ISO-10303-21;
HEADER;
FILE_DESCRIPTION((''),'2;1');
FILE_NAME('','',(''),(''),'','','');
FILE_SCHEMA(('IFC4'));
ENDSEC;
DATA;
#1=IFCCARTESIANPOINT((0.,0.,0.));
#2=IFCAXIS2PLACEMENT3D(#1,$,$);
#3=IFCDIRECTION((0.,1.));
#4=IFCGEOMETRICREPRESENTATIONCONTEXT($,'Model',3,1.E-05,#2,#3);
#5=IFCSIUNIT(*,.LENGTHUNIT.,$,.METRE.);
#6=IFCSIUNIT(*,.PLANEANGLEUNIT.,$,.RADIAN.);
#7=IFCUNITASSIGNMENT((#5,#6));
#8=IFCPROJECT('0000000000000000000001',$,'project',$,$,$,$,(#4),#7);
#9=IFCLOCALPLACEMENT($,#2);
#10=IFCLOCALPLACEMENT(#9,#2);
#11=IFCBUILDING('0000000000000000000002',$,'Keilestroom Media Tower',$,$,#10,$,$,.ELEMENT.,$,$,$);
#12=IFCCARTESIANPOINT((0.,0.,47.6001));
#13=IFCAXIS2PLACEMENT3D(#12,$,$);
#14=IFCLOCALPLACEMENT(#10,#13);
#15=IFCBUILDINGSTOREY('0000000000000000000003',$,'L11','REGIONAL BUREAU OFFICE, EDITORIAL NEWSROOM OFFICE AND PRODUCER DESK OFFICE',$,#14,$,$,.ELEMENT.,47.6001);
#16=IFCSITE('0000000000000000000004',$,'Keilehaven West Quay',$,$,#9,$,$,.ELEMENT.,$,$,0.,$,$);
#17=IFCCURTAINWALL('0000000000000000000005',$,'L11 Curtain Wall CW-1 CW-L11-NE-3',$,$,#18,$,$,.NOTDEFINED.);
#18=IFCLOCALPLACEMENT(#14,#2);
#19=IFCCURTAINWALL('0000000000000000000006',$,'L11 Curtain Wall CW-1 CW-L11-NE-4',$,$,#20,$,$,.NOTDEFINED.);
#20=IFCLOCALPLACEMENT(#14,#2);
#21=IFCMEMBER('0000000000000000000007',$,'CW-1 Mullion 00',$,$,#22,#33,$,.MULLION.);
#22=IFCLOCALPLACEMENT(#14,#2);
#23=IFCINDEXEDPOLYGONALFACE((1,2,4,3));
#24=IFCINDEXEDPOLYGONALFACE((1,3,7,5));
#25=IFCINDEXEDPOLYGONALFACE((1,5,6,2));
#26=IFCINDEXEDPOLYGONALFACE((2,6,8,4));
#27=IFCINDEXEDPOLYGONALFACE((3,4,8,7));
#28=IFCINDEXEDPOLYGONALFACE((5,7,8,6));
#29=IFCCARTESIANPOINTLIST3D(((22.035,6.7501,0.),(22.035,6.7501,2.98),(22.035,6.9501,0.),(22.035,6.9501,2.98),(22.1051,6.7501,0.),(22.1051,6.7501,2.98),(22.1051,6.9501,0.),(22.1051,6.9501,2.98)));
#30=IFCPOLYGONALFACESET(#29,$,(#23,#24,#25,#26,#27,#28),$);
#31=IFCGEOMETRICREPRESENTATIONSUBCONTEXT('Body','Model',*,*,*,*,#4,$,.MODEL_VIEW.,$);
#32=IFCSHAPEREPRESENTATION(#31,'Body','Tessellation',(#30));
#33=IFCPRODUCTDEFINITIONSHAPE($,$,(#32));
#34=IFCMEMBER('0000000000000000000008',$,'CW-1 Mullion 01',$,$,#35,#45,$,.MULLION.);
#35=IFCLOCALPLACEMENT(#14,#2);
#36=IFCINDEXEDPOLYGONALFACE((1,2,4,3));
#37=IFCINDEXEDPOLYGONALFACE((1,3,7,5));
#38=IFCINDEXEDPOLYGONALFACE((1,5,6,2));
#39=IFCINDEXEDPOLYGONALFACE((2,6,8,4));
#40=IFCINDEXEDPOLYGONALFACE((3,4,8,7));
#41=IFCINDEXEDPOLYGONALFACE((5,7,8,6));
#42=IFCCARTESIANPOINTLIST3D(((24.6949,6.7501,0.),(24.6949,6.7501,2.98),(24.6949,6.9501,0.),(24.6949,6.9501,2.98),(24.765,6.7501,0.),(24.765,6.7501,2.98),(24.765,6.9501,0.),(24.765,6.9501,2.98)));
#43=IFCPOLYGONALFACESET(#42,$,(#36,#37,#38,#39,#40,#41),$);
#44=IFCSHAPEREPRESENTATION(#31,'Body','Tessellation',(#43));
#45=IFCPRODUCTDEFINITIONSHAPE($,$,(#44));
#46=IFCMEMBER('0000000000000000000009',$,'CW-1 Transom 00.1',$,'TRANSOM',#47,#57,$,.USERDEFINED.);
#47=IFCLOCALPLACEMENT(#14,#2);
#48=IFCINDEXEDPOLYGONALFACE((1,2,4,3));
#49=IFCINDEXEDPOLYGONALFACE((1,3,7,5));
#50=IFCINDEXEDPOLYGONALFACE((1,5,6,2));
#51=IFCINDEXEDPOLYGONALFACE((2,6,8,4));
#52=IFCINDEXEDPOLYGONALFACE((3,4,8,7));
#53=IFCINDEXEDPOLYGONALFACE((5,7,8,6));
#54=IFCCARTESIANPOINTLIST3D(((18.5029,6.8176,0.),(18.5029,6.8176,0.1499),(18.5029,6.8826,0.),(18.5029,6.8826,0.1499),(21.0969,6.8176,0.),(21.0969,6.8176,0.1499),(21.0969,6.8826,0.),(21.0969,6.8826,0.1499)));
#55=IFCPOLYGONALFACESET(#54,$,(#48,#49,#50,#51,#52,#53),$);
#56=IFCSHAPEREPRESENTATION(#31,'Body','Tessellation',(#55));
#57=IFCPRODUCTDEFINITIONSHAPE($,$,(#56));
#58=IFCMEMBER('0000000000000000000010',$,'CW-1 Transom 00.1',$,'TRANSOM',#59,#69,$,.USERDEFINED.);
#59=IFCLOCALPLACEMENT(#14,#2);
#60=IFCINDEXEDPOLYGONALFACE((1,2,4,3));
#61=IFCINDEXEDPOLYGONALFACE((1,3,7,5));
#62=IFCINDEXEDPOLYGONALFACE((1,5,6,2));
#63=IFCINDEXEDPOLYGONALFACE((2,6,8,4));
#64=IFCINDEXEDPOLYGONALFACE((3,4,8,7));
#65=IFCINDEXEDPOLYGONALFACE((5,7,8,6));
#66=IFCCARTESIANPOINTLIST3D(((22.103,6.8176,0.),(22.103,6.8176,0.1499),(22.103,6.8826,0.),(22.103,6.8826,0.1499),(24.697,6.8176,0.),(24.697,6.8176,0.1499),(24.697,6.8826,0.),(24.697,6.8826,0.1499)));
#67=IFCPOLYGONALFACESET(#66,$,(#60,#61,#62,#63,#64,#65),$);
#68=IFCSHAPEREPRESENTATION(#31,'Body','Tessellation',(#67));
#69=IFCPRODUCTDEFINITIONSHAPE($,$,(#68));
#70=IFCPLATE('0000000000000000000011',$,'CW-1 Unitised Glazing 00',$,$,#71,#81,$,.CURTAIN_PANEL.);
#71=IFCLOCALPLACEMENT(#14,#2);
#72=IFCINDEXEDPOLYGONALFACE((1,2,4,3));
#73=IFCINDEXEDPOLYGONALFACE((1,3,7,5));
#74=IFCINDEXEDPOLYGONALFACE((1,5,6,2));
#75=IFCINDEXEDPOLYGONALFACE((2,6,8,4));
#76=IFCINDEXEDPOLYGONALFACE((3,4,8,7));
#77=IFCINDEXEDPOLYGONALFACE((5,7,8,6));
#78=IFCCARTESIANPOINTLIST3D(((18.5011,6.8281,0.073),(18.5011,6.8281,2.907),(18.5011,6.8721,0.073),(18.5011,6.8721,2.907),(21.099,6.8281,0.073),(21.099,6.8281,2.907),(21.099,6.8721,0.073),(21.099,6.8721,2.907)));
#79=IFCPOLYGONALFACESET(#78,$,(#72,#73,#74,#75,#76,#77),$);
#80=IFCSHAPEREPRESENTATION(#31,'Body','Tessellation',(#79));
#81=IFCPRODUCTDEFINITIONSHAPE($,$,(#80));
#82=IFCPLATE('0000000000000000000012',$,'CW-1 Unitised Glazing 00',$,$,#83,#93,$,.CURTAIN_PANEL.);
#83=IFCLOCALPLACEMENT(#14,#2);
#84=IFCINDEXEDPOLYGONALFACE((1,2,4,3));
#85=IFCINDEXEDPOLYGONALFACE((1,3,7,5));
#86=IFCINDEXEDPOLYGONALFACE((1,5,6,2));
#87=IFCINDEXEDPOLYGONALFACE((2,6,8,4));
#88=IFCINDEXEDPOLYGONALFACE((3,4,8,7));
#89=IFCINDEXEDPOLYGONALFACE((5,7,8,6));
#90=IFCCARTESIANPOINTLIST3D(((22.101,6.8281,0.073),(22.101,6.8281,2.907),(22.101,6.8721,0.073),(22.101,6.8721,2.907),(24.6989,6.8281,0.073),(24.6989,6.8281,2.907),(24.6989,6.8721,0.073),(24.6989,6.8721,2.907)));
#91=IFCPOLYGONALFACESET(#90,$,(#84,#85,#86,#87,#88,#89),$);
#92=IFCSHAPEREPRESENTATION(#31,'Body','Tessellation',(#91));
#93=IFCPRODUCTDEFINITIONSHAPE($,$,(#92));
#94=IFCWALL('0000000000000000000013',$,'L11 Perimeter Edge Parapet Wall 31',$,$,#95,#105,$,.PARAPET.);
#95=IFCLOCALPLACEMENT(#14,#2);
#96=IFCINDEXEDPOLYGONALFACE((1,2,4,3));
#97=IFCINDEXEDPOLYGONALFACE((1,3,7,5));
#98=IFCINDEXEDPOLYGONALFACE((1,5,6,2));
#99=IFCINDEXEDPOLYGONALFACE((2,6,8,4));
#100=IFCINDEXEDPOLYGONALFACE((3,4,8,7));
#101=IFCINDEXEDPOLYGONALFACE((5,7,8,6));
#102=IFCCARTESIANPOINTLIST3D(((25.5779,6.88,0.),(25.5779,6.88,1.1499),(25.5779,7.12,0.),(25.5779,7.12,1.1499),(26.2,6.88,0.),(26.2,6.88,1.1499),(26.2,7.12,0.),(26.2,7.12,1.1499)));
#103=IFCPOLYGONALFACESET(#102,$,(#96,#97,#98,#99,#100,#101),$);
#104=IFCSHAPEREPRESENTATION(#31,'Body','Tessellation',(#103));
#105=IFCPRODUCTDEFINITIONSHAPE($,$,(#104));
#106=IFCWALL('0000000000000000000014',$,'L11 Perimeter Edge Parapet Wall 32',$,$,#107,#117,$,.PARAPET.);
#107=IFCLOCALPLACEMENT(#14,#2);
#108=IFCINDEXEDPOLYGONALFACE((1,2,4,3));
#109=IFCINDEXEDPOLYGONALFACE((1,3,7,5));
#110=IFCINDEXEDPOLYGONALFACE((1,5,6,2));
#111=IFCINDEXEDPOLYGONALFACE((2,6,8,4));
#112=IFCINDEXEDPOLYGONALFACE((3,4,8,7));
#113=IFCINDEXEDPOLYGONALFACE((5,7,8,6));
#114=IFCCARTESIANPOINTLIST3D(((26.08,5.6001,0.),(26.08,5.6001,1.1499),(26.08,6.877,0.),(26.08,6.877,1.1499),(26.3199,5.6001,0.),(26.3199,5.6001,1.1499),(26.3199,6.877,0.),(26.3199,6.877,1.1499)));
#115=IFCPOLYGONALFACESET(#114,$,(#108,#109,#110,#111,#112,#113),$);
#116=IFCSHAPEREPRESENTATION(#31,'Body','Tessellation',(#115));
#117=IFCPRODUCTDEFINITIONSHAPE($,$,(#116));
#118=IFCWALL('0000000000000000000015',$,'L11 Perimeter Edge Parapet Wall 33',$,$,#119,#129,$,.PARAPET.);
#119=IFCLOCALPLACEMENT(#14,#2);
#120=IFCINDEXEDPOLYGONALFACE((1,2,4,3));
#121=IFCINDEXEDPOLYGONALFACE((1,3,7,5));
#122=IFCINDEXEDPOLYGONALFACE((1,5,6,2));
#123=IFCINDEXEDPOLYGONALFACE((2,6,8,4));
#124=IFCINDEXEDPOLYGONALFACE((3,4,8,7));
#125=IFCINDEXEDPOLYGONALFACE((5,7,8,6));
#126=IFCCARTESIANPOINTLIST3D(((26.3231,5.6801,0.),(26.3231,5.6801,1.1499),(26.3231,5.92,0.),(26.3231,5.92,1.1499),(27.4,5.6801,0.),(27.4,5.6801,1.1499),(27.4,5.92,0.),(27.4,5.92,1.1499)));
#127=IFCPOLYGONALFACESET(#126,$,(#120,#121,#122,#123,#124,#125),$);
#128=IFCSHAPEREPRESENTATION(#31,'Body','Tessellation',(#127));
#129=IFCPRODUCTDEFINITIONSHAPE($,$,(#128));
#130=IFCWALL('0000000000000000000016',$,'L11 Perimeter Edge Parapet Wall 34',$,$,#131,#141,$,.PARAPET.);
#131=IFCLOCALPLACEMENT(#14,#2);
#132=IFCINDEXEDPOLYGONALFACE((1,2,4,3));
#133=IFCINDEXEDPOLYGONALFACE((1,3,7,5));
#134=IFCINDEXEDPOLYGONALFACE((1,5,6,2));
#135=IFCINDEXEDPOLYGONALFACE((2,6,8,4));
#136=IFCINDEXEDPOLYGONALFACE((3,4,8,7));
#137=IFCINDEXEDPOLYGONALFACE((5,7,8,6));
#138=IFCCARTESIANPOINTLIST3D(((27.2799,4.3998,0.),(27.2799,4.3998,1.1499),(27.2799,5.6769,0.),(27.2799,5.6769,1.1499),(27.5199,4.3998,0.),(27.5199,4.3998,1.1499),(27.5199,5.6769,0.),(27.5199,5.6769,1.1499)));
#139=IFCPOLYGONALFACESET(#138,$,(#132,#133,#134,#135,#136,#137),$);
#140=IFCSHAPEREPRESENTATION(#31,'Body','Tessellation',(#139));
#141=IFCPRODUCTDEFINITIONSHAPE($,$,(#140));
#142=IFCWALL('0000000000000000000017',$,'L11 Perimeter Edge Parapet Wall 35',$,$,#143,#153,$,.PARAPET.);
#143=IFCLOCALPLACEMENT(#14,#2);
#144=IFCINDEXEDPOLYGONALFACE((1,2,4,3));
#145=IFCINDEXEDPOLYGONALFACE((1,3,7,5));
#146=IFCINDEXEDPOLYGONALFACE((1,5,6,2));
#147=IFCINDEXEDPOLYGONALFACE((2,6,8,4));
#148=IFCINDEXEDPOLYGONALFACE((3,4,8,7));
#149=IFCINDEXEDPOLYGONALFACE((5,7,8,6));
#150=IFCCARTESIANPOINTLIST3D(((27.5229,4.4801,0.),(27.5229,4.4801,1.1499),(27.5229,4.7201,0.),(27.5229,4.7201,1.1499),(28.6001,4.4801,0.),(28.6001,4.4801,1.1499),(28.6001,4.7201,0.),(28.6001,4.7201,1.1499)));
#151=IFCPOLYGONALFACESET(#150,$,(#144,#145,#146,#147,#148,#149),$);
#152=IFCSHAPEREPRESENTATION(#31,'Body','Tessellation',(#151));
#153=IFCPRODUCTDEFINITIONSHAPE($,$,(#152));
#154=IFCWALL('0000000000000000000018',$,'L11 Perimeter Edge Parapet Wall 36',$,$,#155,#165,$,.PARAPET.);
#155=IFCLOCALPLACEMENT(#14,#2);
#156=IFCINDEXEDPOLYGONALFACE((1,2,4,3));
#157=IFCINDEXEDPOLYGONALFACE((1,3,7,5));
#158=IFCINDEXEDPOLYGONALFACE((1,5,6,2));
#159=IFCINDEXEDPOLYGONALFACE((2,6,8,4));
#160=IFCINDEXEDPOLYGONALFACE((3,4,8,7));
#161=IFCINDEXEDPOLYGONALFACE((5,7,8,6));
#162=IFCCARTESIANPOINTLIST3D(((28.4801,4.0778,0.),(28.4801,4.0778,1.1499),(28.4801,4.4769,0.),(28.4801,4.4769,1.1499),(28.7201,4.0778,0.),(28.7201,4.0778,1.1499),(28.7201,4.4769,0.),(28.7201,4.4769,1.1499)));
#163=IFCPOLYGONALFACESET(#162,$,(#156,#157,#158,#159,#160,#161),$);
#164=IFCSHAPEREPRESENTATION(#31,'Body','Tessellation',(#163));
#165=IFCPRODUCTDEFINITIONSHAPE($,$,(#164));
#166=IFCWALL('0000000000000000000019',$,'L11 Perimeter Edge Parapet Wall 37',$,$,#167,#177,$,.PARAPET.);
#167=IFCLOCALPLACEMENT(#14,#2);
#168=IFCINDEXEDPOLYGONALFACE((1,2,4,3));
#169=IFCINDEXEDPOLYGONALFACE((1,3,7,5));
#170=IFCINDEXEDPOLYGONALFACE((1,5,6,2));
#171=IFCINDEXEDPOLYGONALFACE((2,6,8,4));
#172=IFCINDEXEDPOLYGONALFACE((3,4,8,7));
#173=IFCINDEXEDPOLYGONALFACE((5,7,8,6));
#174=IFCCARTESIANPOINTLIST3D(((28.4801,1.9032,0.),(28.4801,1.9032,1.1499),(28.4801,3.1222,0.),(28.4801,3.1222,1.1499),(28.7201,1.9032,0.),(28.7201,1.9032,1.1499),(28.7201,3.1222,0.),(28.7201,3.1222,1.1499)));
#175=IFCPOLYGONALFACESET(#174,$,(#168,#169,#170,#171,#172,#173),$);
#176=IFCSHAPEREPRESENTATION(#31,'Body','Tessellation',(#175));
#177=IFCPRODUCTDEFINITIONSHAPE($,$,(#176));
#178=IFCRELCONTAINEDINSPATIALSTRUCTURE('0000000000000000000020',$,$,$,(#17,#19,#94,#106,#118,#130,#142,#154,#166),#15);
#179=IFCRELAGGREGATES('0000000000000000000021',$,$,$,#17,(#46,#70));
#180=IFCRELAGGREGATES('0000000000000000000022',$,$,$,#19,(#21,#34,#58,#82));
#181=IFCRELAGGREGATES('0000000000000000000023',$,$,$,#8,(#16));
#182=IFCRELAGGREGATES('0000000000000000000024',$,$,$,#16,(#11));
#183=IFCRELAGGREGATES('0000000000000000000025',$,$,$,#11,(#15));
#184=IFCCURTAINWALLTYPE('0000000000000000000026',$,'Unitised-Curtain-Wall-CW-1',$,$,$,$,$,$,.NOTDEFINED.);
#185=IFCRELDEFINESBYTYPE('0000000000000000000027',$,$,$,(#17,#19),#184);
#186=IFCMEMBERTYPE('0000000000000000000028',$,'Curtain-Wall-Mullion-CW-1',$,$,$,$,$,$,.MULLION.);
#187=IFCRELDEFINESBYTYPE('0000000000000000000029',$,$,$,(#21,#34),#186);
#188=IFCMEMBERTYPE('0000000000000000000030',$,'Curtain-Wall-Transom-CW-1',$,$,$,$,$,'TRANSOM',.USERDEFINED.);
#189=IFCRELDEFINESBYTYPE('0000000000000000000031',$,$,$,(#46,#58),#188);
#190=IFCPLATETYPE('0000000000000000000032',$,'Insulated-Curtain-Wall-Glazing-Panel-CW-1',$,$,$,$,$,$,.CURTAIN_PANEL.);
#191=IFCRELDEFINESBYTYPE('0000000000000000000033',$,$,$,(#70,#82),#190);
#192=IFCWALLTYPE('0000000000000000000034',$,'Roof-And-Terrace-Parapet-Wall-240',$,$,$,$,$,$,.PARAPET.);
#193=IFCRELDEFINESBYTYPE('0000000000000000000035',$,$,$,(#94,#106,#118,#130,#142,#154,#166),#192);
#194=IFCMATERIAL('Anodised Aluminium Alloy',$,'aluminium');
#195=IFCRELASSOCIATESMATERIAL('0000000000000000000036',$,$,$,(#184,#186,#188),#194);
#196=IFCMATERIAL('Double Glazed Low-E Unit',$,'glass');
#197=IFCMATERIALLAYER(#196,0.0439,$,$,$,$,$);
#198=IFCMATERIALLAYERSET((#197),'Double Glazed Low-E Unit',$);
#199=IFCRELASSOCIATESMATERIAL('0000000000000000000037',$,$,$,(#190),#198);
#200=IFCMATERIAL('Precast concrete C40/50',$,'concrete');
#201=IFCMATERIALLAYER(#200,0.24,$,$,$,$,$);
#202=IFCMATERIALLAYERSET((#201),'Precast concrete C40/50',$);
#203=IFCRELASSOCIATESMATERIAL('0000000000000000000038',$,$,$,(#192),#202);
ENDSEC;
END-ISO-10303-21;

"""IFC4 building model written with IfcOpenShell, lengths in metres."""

from ifc_helpers import new_model, si_unit, direction, frame, frame_2d, origin, origin_2d, place, context, subcontext, project, spatial, rectangle, extrude, source, transform, mapped, material, layer, layer_set, material_profile, profile_set, type_object, element, aggregate, save


model = new_model("IFC4")

# Units and contexts
model_context = context("Model", 3, precision=1e-05, world=origin(), true_north=direction((0.0, 1.0)))
body_context = subcontext(model_context, "Body", "Model", "MODEL_VIEW")
ifc_project = project(units=[si_unit("LENGTHUNIT", "METRE"), si_unit("PLANEANGLEUNIT", "RADIAN")], contexts=[model_context])

# Site, building, storey
site_placement = place(None, origin())
site = spatial("IfcSite", under=ifc_project, at=site_placement, Name="Keilehaven West Quay", CompositionType="ELEMENT", RefElevation=0.0)
building_placement = place(site_placement, origin())
building = spatial("IfcBuilding", under=site, at=building_placement, Name="Keilestroom Media Tower", CompositionType="ELEMENT")
storey_placement = place(building_placement, frame((0.0, 0.0, 47.6001)))
storey = spatial("IfcBuildingStorey", under=building, at=storey_placement, Name="L11", Description="REGIONAL BUREAU OFFICE, EDITORIAL NEWSROOM OFFICE AND PRODUCER DESK OFFICE", CompositionType="ELEMENT", Elevation=47.6001)

# Shared definitions
ifc_material_1 = material(Name="Precast concrete C40/50", Category="concrete")

# Curtain wall
ifc_material_2 = material(Name="Anodised Aluminium Alloy", Category="aluminium")
curtain_wall_type = type_object("IfcCurtainWallType", Name="Unitised-Curtain-Wall-CW-1", PredefinedType="NOTDEFINED", material=ifc_material_2)
curtain_wall_1_placement = place(storey_placement, origin())
curtain_wall_1 = element("IfcCurtainWall", 1, at=curtain_wall_1_placement, inside=storey, type_object=curtain_wall_type, Name="L11 Curtain Wall CW-1 CW-L11-NE-3", PredefinedType="NOTDEFINED")
ifc_material_profile_1 = material_profile(ifc_material_2, rectangle(XDim=0.0701, YDim=0.2, at=origin_2d()), Name="ALU MULLION 70x200")
ifc_profile_set_1 = profile_set([ifc_material_profile_1], Name="Anodised Aluminium Alloy")
member_type_1 = type_object("IfcMemberType", Name="Curtain-Wall-Mullion-CW-1", PredefinedType="MULLION", material=ifc_profile_set_1)
shared_shape_1 = source(origin(), body_context, "Body", "SweptSolid", [
    extrude(rectangle(XDim=0.0701, YDim=0.2, at=origin_2d()), origin(), (0.0, 0.0, 1.0), 2.98),
])

# Curtain wall, members
curtain_wall_2_placement = place(storey_placement, origin())
curtain_wall_2 = element("IfcCurtainWall", 2, at=curtain_wall_2_placement, inside=storey, type_object=curtain_wall_type, Name="L11 Curtain Wall CW-1 CW-L11-NE-4", PredefinedType="NOTDEFINED")
member_1_placement = place(storey_placement, frame((22.0701, 6.8501, 0.0), z_axis=(0.0, 0.0, 1.0), x_axis=(1.0, 0.0, 0.0)))
member_1 = element("IfcMember", 3, at=member_1_placement, type_object=member_type_1, Name="CW-1 Mullion 00", PredefinedType="MULLION", context=body_context, shape_type="MappedRepresentation", body=[
    mapped(shared_shape_1, transform((0.0, 0.0, 0.0), x_axis=(1.0, 0.0, 0.0), y_axis=(0.0, 1.0, 0.0), z_axis=(0.0, 0.0, 1.0), scale=1.0)),
])
member_2_placement = place(storey_placement, frame((24.73, 6.8501, 0.0), z_axis=(0.0, 0.0, 1.0), x_axis=(1.0, 0.0, 0.0)))
member_2 = element("IfcMember", 4, at=member_2_placement, type_object=member_type_1, Name="CW-1 Mullion 01", PredefinedType="MULLION", context=body_context, shape_type="MappedRepresentation", body=[
    mapped(shared_shape_1, transform((0.0, 0.0, 0.0), x_axis=(1.0, 0.0, 0.0), y_axis=(0.0, 1.0, 0.0), z_axis=(0.0, 0.0, 1.0), scale=1.0)),
])

# Members
ifc_material_profile_2 = material_profile(ifc_material_2, rectangle(XDim=0.0649, YDim=0.1499, at=origin_2d()), Name="ALU TRANSOM 65x150")
ifc_profile_set_2 = profile_set([ifc_material_profile_2], Name="Anodised Aluminium Alloy")
member_type_2 = type_object("IfcMemberType", Name="Curtain-Wall-Transom-CW-1", ElementType="TRANSOM", PredefinedType="USERDEFINED", material=ifc_profile_set_2)
shared_shape_2 = source(origin(), body_context, "Body", "SweptSolid", [
    extrude(rectangle(XDim=0.0649, YDim=0.1499, at=origin_2d()), origin(), (0.0, 0.0, 1.0), 2.594),
])
member_3_placement = place(storey_placement, frame((18.5029, 6.8501, 0.075), z_axis=(1.0, 0.0, 0.0), x_axis=(0.0, 1.0, 0.0)))
member_3 = element("IfcMember", 5, at=member_3_placement, type_object=member_type_2, Name="CW-1 Transom 00.1", ObjectType="TRANSOM", PredefinedType="USERDEFINED", context=body_context, shape_type="MappedRepresentation", body=[
    mapped(shared_shape_2, transform((0.0, 0.0, 0.0), x_axis=(1.0, 0.0, 0.0), y_axis=(0.0, 1.0, 0.0), z_axis=(0.0, 0.0, 1.0), scale=1.0)),
])
member_4_placement = place(storey_placement, frame((22.103, 6.8501, 0.075), z_axis=(1.0, 0.0, 0.0), x_axis=(0.0, 1.0, 0.0)))
member_4 = element("IfcMember", 6, at=member_4_placement, type_object=member_type_2, Name="CW-1 Transom 00.1", ObjectType="TRANSOM", PredefinedType="USERDEFINED", context=body_context, shape_type="MappedRepresentation", body=[
    mapped(shared_shape_2, transform((0.0, 0.0, 0.0), x_axis=(1.0, 0.0, 0.0), y_axis=(0.0, 1.0, 0.0), z_axis=(0.0, 0.0, 1.0), scale=1.0)),
])

# Plates
ifc_material_3 = material(Name="Double Glazed Low-E Unit", Category="glass")
ifc_layer_1 = layer(ifc_material_3, 0.0439)
ifc_layer_set_1 = layer_set([ifc_layer_1], Name="Double Glazed Low-E Unit")
plate_type = type_object("IfcPlateType", Name="Insulated-Curtain-Wall-Glazing-Panel-CW-1", PredefinedType="CURTAIN_PANEL", material=ifc_layer_set_1)
shared_shape_3 = source(origin(), body_context, "Body", "SweptSolid", [
    extrude(rectangle(XDim=2.5979, YDim=0.0439, at=origin_2d()), origin(), (0.0, 0.0, 1.0), 2.834),
])
plate_1_placement = place(storey_placement, frame((19.8, 6.8501, 0.073), z_axis=(0.0, 0.0, 1.0), x_axis=(1.0, 0.0, 0.0)))
plate_1 = element("IfcPlate", 7, at=plate_1_placement, type_object=plate_type, Name="CW-1 Unitised Glazing 00", PredefinedType="CURTAIN_PANEL", context=body_context, shape_type="MappedRepresentation", body=[
    mapped(shared_shape_3, transform((0.0, 0.0, 0.0), x_axis=(1.0, 0.0, 0.0), y_axis=(0.0, 1.0, 0.0), z_axis=(0.0, 0.0, 1.0), scale=1.0)),
])
aggregate(curtain_wall_1, [member_3, plate_1])
plate_2_placement = place(storey_placement, frame((23.3999, 6.8501, 0.073), z_axis=(0.0, 0.0, 1.0), x_axis=(1.0, 0.0, 0.0)))
plate_2 = element("IfcPlate", 8, at=plate_2_placement, type_object=plate_type, Name="CW-1 Unitised Glazing 00", PredefinedType="CURTAIN_PANEL", context=body_context, shape_type="MappedRepresentation", body=[
    mapped(shared_shape_3, transform((0.0, 0.0, 0.0), x_axis=(1.0, 0.0, 0.0), y_axis=(0.0, 1.0, 0.0), z_axis=(0.0, 0.0, 1.0), scale=1.0)),
])
aggregate(curtain_wall_2, [member_1, member_2, member_4, plate_2])

# Walls
ifc_layer_2 = layer(ifc_material_1, 0.24)
ifc_layer_set_2 = layer_set([ifc_layer_2], Name="Precast concrete C40/50")
wall_type = type_object("IfcWallType", Name="Roof-And-Terrace-Parapet-Wall-240", PredefinedType="PARAPET", material=ifc_layer_set_2)
wall_1_placement = place(storey_placement, frame((25.5779, 7.0, 0.0), z_axis=(0.0, 0.0, 1.0), x_axis=(1.0, 0.0, 0.0)))
element("IfcWall", 9, at=wall_1_placement, inside=storey, type_object=wall_type, Name="L11 Perimeter Edge Parapet Wall 31", PredefinedType="PARAPET", context=body_context, shape_type="SweptSolid", body=[
    extrude(rectangle(XDim=0.6221, YDim=0.24, at=frame_2d((0.311, 0.0))), origin(), (0.0, 0.0, 1.0), 1.1499),
])
wall_2_placement = place(storey_placement, frame((26.2, 6.877, 0.0), z_axis=(0.0, 0.0, 1.0), x_axis=(0.0, -1.0, 0.0)))
element("IfcWall", 10, at=wall_2_placement, inside=storey, type_object=wall_type, Name="L11 Perimeter Edge Parapet Wall 32", PredefinedType="PARAPET", context=body_context, shape_type="SweptSolid", body=[
    extrude(rectangle(XDim=1.2769, YDim=0.24, at=frame_2d((0.6384, 0.0))), origin(), (0.0, 0.0, 1.0), 1.1499),
])
wall_3_placement = place(storey_placement, frame((26.323, 5.8, 0.0), z_axis=(0.0, 0.0, 1.0), x_axis=(1.0, 0.0, 0.0)))
element("IfcWall", 11, at=wall_3_placement, inside=storey, type_object=wall_type, Name="L11 Perimeter Edge Parapet Wall 33", PredefinedType="PARAPET", context=body_context, shape_type="SweptSolid", body=[
    extrude(rectangle(XDim=1.0769, YDim=0.24, at=frame_2d((0.5386, 0.0))), origin(), (0.0, 0.0, 1.0), 1.1499),
])
wall_4_placement = place(storey_placement, frame((27.3999, 5.677, 0.0), z_axis=(0.0, 0.0, 1.0), x_axis=(0.0, -1.0, 0.0)))
element("IfcWall", 12, at=wall_4_placement, inside=storey, type_object=wall_type, Name="L11 Perimeter Edge Parapet Wall 34", PredefinedType="PARAPET", context=body_context, shape_type="SweptSolid", body=[
    extrude(rectangle(XDim=1.2771, YDim=0.24, at=frame_2d((0.6387, 0.0))), origin(), (0.0, 0.0, 1.0), 1.1499),
])
wall_5_placement = place(storey_placement, frame((27.5229, 4.6001, 0.0), z_axis=(0.0, 0.0, 1.0), x_axis=(1.0, 0.0, 0.0)))
element("IfcWall", 13, at=wall_5_placement, inside=storey, type_object=wall_type, Name="L11 Perimeter Edge Parapet Wall 35", PredefinedType="PARAPET", context=body_context, shape_type="SweptSolid", body=[
    extrude(rectangle(XDim=1.0771, YDim=0.24, at=frame_2d((0.5386, 0.0))), origin(), (0.0, 0.0, 1.0), 1.1499),
])
wall_6_placement = place(storey_placement, frame((28.6001, 4.4771, 0.0), z_axis=(0.0, 0.0, 1.0), x_axis=(0.0, -1.0, 0.0)))
element("IfcWall", 14, at=wall_6_placement, inside=storey, type_object=wall_type, Name="L11 Perimeter Edge Parapet Wall 36", PredefinedType="PARAPET", context=body_context, shape_type="SweptSolid", body=[
    extrude(rectangle(XDim=0.3992, YDim=0.24, at=frame_2d((0.1997, 0.0))), origin(), (0.0, 0.0, 1.0), 1.1499),
])
wall_7_placement = place(storey_placement, frame((28.6001, 3.1221, 0.0), z_axis=(0.0, 0.0, 1.0), x_axis=(0.0, -1.0, 0.0)))
element("IfcWall", 15, at=wall_7_placement, inside=storey, type_object=wall_type, Name="L11 Perimeter Edge Parapet Wall 37", PredefinedType="PARAPET", context=body_context, shape_type="SweptSolid", body=[
    extrude(rectangle(XDim=1.219, YDim=0.24, at=frame_2d((0.6094, 0.0))), origin(), (0.0, 0.0, 1.0), 1.1499),
])

save(model, "model.ifc")
